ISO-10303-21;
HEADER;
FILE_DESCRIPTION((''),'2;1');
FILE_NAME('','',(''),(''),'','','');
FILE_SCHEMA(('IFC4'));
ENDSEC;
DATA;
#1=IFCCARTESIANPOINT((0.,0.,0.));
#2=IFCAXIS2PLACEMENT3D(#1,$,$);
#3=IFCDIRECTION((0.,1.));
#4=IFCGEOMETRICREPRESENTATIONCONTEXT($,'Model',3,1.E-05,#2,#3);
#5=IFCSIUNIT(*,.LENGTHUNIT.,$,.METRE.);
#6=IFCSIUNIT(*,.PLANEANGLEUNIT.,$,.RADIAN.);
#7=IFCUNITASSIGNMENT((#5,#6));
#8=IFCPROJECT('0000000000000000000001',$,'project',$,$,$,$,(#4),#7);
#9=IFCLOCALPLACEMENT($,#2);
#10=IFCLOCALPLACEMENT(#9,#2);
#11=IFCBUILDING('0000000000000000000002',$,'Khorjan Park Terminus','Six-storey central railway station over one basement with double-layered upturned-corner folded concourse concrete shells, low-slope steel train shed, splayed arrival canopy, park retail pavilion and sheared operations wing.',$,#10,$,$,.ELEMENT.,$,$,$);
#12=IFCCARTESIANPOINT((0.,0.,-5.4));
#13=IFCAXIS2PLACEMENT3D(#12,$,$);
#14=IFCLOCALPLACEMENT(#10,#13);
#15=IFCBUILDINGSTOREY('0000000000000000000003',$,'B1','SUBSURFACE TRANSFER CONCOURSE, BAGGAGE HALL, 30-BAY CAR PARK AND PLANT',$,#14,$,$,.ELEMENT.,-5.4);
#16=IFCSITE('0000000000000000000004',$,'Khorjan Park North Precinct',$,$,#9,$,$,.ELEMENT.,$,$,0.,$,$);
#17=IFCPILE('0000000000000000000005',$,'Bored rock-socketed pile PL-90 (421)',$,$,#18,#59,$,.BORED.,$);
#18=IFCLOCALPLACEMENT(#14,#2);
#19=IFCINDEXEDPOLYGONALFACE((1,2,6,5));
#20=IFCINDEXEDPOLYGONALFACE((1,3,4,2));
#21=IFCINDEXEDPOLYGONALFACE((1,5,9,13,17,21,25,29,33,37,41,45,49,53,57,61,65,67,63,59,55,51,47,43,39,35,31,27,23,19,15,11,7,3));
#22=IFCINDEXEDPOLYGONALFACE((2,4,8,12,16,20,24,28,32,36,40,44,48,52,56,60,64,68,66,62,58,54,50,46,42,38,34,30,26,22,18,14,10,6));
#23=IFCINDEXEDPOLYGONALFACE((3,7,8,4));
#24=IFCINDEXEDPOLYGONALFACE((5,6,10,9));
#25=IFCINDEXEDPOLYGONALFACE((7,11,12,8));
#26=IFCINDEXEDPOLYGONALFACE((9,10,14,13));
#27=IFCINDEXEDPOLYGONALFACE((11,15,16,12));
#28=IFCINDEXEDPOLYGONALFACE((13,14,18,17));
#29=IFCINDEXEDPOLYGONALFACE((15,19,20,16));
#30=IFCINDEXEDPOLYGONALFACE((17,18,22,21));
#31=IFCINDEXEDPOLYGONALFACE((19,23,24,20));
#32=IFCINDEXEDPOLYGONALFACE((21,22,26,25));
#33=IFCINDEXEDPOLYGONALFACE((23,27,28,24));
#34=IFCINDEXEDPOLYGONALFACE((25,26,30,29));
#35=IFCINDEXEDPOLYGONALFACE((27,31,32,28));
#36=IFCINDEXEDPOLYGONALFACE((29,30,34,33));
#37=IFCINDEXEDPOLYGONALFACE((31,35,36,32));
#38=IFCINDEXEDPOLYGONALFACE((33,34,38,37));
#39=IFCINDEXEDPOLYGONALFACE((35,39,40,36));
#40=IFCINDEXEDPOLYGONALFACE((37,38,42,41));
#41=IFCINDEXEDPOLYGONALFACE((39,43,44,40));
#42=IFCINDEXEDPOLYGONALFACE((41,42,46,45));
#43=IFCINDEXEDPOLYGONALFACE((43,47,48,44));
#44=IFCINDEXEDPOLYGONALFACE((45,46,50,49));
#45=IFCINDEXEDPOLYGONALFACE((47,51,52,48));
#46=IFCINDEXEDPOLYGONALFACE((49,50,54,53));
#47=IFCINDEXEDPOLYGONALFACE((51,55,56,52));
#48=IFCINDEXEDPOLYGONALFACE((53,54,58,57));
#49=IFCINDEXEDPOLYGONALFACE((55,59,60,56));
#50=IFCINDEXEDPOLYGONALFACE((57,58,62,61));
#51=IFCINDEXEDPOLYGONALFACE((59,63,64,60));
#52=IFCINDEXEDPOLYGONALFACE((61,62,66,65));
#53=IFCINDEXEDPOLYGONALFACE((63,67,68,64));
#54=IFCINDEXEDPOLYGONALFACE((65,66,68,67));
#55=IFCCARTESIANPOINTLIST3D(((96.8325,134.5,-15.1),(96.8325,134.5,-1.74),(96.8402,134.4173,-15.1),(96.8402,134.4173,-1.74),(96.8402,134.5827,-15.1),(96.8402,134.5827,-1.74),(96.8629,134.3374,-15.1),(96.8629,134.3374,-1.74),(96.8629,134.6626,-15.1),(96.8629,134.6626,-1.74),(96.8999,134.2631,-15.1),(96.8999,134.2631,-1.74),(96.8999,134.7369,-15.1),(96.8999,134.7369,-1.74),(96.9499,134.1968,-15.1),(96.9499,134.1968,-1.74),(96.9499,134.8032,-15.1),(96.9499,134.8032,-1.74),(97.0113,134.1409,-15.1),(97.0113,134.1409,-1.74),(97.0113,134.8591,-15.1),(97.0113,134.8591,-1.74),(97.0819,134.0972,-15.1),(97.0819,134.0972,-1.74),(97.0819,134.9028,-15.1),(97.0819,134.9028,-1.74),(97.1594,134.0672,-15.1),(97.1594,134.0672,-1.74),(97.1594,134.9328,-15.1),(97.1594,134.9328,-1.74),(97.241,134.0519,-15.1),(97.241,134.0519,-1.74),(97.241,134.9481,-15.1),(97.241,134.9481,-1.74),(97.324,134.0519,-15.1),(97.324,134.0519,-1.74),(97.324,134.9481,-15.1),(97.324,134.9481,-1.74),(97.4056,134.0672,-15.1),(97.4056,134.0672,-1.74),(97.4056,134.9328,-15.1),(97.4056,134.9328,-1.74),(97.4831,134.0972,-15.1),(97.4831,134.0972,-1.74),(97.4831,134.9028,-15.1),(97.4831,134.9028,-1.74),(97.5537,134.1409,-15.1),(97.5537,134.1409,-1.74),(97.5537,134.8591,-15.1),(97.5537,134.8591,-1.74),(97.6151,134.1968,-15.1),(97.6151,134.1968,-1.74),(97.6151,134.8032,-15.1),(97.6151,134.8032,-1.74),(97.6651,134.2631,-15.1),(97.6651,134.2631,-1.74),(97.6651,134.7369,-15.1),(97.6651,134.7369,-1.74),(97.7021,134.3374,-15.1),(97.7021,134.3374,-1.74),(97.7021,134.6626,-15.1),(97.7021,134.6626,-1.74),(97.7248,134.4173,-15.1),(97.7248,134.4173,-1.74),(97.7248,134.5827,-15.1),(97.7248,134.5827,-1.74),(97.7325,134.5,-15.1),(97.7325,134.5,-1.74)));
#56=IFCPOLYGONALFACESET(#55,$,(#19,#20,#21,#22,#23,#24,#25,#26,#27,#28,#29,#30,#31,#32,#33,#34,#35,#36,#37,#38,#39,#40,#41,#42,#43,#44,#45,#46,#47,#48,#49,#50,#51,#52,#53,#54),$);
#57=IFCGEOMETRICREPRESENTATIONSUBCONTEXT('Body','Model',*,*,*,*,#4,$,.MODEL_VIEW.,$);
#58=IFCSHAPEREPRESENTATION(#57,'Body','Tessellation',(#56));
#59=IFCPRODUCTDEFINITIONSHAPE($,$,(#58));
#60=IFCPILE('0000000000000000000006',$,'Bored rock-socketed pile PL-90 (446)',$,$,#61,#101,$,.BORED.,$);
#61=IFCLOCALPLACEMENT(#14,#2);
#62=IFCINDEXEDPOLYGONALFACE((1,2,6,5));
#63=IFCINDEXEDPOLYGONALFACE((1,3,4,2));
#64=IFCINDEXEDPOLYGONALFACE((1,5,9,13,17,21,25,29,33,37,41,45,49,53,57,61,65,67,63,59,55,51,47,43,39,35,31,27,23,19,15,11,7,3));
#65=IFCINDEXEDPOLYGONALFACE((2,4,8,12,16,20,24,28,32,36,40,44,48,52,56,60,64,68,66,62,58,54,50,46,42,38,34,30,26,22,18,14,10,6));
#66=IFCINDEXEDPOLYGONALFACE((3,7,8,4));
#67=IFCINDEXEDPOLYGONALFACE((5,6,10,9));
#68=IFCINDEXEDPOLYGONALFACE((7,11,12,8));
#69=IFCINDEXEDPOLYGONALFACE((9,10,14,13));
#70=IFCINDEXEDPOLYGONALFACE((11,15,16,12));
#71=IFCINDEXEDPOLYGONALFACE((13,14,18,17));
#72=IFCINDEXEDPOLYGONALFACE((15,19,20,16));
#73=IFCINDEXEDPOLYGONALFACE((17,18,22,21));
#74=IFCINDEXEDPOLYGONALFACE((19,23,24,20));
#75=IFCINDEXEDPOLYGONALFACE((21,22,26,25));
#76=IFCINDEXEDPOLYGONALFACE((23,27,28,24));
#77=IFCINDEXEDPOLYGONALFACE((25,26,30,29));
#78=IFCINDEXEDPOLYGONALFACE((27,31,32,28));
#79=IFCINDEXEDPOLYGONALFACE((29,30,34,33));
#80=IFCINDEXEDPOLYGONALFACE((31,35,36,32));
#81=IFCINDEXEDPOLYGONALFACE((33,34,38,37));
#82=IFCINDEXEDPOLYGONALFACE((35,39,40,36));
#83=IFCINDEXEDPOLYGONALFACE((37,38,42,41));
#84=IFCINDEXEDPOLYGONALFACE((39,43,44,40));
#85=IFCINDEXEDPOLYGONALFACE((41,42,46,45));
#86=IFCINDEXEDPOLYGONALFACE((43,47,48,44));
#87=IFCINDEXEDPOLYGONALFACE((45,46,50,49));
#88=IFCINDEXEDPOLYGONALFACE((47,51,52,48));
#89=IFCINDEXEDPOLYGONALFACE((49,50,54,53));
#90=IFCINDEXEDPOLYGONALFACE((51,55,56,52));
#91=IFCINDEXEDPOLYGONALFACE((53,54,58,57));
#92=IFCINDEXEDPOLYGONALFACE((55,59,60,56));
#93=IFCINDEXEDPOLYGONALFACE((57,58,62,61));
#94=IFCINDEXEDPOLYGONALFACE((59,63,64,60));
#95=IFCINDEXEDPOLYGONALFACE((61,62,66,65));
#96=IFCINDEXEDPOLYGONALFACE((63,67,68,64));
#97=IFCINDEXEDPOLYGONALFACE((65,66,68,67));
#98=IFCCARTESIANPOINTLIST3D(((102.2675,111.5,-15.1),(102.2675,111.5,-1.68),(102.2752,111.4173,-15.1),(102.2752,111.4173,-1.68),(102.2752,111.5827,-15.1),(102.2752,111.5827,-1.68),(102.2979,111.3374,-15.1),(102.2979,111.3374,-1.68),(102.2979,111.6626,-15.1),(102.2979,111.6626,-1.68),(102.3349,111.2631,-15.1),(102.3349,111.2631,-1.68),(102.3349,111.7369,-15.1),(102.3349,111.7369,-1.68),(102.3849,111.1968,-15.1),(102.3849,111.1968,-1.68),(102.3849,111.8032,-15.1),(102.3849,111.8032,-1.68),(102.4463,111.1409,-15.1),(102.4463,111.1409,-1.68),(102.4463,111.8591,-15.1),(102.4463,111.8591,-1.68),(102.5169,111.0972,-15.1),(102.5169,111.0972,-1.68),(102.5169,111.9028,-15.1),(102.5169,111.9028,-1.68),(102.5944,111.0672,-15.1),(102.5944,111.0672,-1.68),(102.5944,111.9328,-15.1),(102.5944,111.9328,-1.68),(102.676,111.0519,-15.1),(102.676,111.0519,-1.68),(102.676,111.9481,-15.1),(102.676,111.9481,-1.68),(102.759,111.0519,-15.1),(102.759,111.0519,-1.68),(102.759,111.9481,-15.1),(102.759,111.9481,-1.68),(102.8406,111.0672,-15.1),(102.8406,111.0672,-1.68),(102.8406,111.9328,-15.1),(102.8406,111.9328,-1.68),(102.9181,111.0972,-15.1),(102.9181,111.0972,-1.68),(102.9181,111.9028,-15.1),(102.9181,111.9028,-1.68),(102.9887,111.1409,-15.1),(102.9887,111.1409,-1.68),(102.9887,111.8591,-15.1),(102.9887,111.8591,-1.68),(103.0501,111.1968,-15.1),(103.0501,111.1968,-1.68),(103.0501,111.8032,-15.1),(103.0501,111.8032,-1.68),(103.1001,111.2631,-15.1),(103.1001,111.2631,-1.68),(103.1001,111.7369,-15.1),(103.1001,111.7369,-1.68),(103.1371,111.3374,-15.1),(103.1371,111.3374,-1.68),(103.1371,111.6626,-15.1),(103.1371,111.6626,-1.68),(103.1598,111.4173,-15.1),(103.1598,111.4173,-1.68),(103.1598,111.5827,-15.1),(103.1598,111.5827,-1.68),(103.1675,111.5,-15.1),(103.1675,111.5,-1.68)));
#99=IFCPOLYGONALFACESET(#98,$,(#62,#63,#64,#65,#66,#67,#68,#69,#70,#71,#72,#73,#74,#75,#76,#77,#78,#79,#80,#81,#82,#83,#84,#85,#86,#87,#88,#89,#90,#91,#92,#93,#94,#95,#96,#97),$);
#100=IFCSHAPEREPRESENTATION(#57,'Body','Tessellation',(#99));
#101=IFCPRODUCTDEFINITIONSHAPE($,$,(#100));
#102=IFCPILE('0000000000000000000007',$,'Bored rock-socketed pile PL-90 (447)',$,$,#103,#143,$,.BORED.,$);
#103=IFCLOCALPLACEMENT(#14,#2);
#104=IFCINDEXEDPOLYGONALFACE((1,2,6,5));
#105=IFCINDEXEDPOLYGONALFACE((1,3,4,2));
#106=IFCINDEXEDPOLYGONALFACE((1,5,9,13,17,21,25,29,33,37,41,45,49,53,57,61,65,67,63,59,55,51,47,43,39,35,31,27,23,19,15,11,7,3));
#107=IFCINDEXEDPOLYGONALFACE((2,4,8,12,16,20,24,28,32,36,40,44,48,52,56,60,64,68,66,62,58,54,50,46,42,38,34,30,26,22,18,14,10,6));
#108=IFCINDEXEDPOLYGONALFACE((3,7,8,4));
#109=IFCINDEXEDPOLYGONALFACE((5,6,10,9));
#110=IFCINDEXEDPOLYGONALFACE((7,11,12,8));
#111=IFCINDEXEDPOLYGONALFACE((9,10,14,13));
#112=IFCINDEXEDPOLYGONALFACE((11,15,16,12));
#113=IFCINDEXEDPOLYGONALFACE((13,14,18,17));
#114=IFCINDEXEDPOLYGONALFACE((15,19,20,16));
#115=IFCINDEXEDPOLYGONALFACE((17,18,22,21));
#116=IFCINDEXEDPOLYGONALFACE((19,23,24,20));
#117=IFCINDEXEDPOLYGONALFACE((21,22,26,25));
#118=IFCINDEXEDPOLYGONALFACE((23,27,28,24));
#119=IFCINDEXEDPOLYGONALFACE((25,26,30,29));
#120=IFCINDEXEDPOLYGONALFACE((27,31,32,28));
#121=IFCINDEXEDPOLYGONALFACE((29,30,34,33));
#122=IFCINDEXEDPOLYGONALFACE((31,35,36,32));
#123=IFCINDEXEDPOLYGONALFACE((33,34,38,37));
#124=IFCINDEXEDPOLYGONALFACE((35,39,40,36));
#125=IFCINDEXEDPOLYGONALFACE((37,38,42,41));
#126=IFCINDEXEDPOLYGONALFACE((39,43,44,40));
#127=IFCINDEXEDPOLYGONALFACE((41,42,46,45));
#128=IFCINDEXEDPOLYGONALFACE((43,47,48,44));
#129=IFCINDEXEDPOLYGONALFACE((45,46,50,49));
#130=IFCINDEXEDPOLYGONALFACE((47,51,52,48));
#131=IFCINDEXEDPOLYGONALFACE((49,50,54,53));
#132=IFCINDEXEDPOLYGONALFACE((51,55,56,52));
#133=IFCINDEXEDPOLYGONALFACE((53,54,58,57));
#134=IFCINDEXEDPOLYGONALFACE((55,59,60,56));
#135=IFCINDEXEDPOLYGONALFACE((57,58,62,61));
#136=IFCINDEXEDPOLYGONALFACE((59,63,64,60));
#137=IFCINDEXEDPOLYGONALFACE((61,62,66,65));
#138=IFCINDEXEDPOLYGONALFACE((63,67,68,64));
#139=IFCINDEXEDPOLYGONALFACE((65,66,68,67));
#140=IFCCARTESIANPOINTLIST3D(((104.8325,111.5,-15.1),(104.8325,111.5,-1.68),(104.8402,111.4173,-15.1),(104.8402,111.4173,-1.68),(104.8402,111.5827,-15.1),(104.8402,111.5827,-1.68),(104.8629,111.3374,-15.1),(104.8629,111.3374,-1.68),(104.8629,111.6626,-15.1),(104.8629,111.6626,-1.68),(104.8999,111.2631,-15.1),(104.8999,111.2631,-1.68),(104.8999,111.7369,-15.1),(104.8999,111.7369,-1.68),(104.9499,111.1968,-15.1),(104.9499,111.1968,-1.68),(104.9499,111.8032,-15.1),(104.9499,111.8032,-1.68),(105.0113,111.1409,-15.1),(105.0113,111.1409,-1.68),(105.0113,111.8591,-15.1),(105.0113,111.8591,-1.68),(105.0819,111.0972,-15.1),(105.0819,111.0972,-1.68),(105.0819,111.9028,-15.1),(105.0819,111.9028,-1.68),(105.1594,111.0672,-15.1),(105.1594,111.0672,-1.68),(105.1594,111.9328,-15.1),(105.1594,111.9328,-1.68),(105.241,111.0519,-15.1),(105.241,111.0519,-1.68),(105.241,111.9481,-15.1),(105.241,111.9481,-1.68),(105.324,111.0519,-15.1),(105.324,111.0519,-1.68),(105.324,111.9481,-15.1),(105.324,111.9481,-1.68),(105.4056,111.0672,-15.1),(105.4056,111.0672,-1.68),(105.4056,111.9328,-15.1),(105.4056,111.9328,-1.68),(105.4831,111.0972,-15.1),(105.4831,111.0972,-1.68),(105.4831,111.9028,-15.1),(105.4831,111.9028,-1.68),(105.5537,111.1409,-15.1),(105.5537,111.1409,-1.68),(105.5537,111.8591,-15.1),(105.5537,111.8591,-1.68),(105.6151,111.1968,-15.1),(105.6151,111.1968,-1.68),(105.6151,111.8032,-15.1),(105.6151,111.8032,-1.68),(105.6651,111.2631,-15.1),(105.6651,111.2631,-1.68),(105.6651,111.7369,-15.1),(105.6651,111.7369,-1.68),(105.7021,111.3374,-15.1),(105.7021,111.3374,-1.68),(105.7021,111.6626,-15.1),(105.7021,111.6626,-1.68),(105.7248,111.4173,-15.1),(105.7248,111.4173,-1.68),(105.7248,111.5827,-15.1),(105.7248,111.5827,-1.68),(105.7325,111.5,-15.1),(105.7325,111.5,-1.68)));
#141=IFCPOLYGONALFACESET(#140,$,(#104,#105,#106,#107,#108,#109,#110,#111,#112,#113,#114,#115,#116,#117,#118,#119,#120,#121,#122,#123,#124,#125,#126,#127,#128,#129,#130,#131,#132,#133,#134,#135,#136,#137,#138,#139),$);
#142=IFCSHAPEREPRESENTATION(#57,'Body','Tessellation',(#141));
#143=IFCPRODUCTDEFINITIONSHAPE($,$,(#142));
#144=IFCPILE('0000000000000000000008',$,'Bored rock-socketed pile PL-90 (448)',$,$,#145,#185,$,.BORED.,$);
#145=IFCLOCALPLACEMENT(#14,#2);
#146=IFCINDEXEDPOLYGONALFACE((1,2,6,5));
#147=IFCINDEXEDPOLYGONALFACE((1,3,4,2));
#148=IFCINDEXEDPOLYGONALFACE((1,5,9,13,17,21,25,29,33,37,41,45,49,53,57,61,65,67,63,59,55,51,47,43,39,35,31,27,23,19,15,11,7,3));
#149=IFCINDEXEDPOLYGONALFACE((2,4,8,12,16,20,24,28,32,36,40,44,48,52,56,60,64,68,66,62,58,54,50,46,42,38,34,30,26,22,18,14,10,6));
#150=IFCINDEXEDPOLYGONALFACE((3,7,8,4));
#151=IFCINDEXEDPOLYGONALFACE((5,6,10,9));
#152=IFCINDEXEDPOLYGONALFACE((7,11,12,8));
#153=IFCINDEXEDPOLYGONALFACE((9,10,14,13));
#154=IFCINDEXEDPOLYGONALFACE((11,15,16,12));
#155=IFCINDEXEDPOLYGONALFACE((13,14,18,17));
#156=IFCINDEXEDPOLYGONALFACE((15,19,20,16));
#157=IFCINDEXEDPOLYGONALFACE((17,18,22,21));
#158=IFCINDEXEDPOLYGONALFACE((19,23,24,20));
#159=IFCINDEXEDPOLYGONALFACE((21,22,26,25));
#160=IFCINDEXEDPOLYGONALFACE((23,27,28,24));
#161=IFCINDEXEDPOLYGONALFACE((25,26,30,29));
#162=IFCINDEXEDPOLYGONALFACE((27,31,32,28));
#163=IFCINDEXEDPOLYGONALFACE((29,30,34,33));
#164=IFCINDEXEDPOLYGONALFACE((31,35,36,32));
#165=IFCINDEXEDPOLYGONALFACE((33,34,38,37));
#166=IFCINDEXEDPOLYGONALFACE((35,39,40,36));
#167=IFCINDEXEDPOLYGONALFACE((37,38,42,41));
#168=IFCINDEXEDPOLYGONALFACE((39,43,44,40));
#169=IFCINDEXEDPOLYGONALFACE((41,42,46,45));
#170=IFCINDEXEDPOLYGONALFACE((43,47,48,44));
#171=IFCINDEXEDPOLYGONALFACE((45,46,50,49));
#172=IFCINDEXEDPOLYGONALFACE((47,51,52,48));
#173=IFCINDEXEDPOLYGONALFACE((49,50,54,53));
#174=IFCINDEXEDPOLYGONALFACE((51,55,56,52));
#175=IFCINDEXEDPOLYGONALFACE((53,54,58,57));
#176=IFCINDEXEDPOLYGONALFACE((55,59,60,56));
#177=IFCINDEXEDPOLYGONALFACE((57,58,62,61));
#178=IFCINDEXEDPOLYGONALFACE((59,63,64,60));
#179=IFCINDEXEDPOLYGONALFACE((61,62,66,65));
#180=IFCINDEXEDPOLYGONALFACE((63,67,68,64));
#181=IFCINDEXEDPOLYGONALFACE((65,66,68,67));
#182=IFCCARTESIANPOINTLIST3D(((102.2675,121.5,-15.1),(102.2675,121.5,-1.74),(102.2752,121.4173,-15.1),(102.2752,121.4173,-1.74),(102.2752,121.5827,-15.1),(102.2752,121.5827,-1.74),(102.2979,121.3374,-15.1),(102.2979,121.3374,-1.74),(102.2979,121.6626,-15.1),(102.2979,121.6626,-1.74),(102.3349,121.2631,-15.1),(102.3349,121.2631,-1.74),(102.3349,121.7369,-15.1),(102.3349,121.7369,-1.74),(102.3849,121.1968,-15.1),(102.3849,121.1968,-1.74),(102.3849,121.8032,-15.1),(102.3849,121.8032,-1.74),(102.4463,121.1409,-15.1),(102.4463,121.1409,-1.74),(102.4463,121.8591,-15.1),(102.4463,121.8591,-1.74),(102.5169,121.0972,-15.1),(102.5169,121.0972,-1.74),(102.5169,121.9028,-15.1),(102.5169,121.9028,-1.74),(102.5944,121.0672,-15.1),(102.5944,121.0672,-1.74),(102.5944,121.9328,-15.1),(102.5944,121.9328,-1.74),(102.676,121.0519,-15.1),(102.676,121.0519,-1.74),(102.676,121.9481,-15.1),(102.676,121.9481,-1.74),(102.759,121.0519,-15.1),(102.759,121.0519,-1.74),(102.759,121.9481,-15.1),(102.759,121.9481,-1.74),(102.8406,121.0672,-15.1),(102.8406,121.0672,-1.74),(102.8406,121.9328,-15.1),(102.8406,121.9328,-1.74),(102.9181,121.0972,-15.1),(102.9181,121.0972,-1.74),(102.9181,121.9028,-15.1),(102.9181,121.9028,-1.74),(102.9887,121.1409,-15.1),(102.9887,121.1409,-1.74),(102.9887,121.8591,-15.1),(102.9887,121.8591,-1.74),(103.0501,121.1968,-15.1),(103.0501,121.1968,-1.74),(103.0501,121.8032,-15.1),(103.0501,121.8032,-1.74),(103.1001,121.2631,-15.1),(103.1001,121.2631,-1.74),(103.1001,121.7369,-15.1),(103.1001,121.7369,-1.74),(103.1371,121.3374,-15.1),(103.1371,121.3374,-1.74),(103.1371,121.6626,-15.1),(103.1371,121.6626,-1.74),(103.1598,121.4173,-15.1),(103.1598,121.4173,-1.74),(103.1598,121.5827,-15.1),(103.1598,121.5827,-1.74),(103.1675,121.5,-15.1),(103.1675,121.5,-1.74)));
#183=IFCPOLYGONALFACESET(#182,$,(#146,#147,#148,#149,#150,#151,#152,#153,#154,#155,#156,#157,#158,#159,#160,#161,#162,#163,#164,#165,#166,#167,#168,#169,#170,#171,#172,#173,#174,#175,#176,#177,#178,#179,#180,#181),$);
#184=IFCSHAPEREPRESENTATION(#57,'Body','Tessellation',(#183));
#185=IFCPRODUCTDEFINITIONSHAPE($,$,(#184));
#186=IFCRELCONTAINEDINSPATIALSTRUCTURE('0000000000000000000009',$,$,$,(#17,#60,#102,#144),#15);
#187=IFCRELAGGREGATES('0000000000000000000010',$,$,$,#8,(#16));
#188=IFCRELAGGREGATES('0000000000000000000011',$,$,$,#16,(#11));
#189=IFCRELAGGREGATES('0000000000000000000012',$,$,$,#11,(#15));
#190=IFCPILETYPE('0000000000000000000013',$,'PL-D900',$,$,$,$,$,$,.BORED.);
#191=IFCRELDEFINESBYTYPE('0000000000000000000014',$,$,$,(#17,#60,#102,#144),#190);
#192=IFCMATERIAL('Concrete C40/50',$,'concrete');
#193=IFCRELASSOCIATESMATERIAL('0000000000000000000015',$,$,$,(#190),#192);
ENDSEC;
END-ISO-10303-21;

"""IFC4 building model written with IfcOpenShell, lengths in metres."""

from ifc_helpers import new_model, si_unit, direction, frame, origin, origin_2d, place, context, subcontext, project, spatial, circle, extrude, material, material_profile, profile_set, type_object, element, save


model = new_model("IFC4")

# Units and contexts
model_context = context("Model", 3, precision=1e-05, world=origin(), true_north=direction((0.0, 1.0)))
body_context = subcontext(model_context, "Body", "Model", "MODEL_VIEW")
ifc_project = project(units=[si_unit("LENGTHUNIT", "METRE"), si_unit("PLANEANGLEUNIT", "RADIAN")], contexts=[model_context])

# Site, building, storey
site_placement = place(None, origin())
site = spatial("IfcSite", under=ifc_project, at=site_placement, Name="Khorjan Park North Precinct", CompositionType="ELEMENT", RefElevation=0.0)
building_placement = place(site_placement, origin())
building = spatial("IfcBuilding", under=site, at=building_placement, Name="Khorjan Park Terminus", Description="Six-storey central railway station over one basement with double-layered upturned-corner folded concourse concrete shells, low-slope steel train shed, splayed arrival canopy, park retail pavilion and sheared operations wing.", CompositionType="ELEMENT")
storey_placement = place(building_placement, frame((0.0, 0.0, -5.4)))
storey = spatial("IfcBuildingStorey", under=building, at=storey_placement, Name="B1", Description="SUBSURFACE TRANSFER CONCOURSE, BAGGAGE HALL, 30-BAY CAR PARK AND PLANT", CompositionType="ELEMENT", Elevation=-5.4)

# Shared definitions
ifc_material_1 = material(Name="Concrete C40/50", Category="concrete")

# Piles
ifc_material_profile_1 = material_profile(ifc_material_1, circle(Radius=0.45, at=origin_2d()), Name="BORED D900")
ifc_profile_set_1 = profile_set([ifc_material_profile_1], Name="Concrete C40/50")
pile_type = type_object("IfcPileType", Name="PL-D900", PredefinedType="BORED", material=ifc_profile_set_1)
for number, where, z_axis, x_axis, name in (
    (1, (97.2825, 134.5, -1.74), (0.0, 0.0, -1.0), (1.0, 0.0, 0.0), "Bored rock-socketed pile PL-90 (421)"),
):
    element("IfcPile", number, at=place(storey_placement, frame(where, z_axis=z_axis, x_axis=x_axis)), inside=storey, type_object=pile_type, Name=name, PredefinedType="BORED", context=body_context, shape_type="SweptSolid", body=[
        extrude(circle(Radius=0.45, at=origin_2d()), origin(), (0.0, 0.0, 1.0), 13.36),
    ])
for number, where, z_axis, x_axis, name in (
    (2, (102.7175, 111.5, -1.68), (0.0, 0.0, -1.0), (1.0, 0.0, 0.0), "Bored rock-socketed pile PL-90 (446)"),
    (3, (105.2825, 111.5, -1.68), (0.0, 0.0, -1.0), (1.0, 0.0, 0.0), "Bored rock-socketed pile PL-90 (447)"),
):
    element("IfcPile", number, at=place(storey_placement, frame(where, z_axis=z_axis, x_axis=x_axis)), inside=storey, type_object=pile_type, Name=name, PredefinedType="BORED", context=body_context, shape_type="SweptSolid", body=[
        extrude(circle(Radius=0.45, at=origin_2d()), origin(), (0.0, 0.0, 1.0), 13.42),
    ])
pile_1_placement = place(storey_placement, frame((102.7175, 121.5, -1.74), z_axis=(0.0, 0.0, -1.0), x_axis=(1.0, 0.0, 0.0)))
element("IfcPile", 4, at=pile_1_placement, inside=storey, type_object=pile_type, Name="Bored rock-socketed pile PL-90 (448)", PredefinedType="BORED", context=body_context, shape_type="SweptSolid", body=[
    extrude(circle(Radius=0.45, at=origin_2d()), origin(), (0.0, 0.0, 1.0), 13.36),
])

save(model, "model.ifc")
